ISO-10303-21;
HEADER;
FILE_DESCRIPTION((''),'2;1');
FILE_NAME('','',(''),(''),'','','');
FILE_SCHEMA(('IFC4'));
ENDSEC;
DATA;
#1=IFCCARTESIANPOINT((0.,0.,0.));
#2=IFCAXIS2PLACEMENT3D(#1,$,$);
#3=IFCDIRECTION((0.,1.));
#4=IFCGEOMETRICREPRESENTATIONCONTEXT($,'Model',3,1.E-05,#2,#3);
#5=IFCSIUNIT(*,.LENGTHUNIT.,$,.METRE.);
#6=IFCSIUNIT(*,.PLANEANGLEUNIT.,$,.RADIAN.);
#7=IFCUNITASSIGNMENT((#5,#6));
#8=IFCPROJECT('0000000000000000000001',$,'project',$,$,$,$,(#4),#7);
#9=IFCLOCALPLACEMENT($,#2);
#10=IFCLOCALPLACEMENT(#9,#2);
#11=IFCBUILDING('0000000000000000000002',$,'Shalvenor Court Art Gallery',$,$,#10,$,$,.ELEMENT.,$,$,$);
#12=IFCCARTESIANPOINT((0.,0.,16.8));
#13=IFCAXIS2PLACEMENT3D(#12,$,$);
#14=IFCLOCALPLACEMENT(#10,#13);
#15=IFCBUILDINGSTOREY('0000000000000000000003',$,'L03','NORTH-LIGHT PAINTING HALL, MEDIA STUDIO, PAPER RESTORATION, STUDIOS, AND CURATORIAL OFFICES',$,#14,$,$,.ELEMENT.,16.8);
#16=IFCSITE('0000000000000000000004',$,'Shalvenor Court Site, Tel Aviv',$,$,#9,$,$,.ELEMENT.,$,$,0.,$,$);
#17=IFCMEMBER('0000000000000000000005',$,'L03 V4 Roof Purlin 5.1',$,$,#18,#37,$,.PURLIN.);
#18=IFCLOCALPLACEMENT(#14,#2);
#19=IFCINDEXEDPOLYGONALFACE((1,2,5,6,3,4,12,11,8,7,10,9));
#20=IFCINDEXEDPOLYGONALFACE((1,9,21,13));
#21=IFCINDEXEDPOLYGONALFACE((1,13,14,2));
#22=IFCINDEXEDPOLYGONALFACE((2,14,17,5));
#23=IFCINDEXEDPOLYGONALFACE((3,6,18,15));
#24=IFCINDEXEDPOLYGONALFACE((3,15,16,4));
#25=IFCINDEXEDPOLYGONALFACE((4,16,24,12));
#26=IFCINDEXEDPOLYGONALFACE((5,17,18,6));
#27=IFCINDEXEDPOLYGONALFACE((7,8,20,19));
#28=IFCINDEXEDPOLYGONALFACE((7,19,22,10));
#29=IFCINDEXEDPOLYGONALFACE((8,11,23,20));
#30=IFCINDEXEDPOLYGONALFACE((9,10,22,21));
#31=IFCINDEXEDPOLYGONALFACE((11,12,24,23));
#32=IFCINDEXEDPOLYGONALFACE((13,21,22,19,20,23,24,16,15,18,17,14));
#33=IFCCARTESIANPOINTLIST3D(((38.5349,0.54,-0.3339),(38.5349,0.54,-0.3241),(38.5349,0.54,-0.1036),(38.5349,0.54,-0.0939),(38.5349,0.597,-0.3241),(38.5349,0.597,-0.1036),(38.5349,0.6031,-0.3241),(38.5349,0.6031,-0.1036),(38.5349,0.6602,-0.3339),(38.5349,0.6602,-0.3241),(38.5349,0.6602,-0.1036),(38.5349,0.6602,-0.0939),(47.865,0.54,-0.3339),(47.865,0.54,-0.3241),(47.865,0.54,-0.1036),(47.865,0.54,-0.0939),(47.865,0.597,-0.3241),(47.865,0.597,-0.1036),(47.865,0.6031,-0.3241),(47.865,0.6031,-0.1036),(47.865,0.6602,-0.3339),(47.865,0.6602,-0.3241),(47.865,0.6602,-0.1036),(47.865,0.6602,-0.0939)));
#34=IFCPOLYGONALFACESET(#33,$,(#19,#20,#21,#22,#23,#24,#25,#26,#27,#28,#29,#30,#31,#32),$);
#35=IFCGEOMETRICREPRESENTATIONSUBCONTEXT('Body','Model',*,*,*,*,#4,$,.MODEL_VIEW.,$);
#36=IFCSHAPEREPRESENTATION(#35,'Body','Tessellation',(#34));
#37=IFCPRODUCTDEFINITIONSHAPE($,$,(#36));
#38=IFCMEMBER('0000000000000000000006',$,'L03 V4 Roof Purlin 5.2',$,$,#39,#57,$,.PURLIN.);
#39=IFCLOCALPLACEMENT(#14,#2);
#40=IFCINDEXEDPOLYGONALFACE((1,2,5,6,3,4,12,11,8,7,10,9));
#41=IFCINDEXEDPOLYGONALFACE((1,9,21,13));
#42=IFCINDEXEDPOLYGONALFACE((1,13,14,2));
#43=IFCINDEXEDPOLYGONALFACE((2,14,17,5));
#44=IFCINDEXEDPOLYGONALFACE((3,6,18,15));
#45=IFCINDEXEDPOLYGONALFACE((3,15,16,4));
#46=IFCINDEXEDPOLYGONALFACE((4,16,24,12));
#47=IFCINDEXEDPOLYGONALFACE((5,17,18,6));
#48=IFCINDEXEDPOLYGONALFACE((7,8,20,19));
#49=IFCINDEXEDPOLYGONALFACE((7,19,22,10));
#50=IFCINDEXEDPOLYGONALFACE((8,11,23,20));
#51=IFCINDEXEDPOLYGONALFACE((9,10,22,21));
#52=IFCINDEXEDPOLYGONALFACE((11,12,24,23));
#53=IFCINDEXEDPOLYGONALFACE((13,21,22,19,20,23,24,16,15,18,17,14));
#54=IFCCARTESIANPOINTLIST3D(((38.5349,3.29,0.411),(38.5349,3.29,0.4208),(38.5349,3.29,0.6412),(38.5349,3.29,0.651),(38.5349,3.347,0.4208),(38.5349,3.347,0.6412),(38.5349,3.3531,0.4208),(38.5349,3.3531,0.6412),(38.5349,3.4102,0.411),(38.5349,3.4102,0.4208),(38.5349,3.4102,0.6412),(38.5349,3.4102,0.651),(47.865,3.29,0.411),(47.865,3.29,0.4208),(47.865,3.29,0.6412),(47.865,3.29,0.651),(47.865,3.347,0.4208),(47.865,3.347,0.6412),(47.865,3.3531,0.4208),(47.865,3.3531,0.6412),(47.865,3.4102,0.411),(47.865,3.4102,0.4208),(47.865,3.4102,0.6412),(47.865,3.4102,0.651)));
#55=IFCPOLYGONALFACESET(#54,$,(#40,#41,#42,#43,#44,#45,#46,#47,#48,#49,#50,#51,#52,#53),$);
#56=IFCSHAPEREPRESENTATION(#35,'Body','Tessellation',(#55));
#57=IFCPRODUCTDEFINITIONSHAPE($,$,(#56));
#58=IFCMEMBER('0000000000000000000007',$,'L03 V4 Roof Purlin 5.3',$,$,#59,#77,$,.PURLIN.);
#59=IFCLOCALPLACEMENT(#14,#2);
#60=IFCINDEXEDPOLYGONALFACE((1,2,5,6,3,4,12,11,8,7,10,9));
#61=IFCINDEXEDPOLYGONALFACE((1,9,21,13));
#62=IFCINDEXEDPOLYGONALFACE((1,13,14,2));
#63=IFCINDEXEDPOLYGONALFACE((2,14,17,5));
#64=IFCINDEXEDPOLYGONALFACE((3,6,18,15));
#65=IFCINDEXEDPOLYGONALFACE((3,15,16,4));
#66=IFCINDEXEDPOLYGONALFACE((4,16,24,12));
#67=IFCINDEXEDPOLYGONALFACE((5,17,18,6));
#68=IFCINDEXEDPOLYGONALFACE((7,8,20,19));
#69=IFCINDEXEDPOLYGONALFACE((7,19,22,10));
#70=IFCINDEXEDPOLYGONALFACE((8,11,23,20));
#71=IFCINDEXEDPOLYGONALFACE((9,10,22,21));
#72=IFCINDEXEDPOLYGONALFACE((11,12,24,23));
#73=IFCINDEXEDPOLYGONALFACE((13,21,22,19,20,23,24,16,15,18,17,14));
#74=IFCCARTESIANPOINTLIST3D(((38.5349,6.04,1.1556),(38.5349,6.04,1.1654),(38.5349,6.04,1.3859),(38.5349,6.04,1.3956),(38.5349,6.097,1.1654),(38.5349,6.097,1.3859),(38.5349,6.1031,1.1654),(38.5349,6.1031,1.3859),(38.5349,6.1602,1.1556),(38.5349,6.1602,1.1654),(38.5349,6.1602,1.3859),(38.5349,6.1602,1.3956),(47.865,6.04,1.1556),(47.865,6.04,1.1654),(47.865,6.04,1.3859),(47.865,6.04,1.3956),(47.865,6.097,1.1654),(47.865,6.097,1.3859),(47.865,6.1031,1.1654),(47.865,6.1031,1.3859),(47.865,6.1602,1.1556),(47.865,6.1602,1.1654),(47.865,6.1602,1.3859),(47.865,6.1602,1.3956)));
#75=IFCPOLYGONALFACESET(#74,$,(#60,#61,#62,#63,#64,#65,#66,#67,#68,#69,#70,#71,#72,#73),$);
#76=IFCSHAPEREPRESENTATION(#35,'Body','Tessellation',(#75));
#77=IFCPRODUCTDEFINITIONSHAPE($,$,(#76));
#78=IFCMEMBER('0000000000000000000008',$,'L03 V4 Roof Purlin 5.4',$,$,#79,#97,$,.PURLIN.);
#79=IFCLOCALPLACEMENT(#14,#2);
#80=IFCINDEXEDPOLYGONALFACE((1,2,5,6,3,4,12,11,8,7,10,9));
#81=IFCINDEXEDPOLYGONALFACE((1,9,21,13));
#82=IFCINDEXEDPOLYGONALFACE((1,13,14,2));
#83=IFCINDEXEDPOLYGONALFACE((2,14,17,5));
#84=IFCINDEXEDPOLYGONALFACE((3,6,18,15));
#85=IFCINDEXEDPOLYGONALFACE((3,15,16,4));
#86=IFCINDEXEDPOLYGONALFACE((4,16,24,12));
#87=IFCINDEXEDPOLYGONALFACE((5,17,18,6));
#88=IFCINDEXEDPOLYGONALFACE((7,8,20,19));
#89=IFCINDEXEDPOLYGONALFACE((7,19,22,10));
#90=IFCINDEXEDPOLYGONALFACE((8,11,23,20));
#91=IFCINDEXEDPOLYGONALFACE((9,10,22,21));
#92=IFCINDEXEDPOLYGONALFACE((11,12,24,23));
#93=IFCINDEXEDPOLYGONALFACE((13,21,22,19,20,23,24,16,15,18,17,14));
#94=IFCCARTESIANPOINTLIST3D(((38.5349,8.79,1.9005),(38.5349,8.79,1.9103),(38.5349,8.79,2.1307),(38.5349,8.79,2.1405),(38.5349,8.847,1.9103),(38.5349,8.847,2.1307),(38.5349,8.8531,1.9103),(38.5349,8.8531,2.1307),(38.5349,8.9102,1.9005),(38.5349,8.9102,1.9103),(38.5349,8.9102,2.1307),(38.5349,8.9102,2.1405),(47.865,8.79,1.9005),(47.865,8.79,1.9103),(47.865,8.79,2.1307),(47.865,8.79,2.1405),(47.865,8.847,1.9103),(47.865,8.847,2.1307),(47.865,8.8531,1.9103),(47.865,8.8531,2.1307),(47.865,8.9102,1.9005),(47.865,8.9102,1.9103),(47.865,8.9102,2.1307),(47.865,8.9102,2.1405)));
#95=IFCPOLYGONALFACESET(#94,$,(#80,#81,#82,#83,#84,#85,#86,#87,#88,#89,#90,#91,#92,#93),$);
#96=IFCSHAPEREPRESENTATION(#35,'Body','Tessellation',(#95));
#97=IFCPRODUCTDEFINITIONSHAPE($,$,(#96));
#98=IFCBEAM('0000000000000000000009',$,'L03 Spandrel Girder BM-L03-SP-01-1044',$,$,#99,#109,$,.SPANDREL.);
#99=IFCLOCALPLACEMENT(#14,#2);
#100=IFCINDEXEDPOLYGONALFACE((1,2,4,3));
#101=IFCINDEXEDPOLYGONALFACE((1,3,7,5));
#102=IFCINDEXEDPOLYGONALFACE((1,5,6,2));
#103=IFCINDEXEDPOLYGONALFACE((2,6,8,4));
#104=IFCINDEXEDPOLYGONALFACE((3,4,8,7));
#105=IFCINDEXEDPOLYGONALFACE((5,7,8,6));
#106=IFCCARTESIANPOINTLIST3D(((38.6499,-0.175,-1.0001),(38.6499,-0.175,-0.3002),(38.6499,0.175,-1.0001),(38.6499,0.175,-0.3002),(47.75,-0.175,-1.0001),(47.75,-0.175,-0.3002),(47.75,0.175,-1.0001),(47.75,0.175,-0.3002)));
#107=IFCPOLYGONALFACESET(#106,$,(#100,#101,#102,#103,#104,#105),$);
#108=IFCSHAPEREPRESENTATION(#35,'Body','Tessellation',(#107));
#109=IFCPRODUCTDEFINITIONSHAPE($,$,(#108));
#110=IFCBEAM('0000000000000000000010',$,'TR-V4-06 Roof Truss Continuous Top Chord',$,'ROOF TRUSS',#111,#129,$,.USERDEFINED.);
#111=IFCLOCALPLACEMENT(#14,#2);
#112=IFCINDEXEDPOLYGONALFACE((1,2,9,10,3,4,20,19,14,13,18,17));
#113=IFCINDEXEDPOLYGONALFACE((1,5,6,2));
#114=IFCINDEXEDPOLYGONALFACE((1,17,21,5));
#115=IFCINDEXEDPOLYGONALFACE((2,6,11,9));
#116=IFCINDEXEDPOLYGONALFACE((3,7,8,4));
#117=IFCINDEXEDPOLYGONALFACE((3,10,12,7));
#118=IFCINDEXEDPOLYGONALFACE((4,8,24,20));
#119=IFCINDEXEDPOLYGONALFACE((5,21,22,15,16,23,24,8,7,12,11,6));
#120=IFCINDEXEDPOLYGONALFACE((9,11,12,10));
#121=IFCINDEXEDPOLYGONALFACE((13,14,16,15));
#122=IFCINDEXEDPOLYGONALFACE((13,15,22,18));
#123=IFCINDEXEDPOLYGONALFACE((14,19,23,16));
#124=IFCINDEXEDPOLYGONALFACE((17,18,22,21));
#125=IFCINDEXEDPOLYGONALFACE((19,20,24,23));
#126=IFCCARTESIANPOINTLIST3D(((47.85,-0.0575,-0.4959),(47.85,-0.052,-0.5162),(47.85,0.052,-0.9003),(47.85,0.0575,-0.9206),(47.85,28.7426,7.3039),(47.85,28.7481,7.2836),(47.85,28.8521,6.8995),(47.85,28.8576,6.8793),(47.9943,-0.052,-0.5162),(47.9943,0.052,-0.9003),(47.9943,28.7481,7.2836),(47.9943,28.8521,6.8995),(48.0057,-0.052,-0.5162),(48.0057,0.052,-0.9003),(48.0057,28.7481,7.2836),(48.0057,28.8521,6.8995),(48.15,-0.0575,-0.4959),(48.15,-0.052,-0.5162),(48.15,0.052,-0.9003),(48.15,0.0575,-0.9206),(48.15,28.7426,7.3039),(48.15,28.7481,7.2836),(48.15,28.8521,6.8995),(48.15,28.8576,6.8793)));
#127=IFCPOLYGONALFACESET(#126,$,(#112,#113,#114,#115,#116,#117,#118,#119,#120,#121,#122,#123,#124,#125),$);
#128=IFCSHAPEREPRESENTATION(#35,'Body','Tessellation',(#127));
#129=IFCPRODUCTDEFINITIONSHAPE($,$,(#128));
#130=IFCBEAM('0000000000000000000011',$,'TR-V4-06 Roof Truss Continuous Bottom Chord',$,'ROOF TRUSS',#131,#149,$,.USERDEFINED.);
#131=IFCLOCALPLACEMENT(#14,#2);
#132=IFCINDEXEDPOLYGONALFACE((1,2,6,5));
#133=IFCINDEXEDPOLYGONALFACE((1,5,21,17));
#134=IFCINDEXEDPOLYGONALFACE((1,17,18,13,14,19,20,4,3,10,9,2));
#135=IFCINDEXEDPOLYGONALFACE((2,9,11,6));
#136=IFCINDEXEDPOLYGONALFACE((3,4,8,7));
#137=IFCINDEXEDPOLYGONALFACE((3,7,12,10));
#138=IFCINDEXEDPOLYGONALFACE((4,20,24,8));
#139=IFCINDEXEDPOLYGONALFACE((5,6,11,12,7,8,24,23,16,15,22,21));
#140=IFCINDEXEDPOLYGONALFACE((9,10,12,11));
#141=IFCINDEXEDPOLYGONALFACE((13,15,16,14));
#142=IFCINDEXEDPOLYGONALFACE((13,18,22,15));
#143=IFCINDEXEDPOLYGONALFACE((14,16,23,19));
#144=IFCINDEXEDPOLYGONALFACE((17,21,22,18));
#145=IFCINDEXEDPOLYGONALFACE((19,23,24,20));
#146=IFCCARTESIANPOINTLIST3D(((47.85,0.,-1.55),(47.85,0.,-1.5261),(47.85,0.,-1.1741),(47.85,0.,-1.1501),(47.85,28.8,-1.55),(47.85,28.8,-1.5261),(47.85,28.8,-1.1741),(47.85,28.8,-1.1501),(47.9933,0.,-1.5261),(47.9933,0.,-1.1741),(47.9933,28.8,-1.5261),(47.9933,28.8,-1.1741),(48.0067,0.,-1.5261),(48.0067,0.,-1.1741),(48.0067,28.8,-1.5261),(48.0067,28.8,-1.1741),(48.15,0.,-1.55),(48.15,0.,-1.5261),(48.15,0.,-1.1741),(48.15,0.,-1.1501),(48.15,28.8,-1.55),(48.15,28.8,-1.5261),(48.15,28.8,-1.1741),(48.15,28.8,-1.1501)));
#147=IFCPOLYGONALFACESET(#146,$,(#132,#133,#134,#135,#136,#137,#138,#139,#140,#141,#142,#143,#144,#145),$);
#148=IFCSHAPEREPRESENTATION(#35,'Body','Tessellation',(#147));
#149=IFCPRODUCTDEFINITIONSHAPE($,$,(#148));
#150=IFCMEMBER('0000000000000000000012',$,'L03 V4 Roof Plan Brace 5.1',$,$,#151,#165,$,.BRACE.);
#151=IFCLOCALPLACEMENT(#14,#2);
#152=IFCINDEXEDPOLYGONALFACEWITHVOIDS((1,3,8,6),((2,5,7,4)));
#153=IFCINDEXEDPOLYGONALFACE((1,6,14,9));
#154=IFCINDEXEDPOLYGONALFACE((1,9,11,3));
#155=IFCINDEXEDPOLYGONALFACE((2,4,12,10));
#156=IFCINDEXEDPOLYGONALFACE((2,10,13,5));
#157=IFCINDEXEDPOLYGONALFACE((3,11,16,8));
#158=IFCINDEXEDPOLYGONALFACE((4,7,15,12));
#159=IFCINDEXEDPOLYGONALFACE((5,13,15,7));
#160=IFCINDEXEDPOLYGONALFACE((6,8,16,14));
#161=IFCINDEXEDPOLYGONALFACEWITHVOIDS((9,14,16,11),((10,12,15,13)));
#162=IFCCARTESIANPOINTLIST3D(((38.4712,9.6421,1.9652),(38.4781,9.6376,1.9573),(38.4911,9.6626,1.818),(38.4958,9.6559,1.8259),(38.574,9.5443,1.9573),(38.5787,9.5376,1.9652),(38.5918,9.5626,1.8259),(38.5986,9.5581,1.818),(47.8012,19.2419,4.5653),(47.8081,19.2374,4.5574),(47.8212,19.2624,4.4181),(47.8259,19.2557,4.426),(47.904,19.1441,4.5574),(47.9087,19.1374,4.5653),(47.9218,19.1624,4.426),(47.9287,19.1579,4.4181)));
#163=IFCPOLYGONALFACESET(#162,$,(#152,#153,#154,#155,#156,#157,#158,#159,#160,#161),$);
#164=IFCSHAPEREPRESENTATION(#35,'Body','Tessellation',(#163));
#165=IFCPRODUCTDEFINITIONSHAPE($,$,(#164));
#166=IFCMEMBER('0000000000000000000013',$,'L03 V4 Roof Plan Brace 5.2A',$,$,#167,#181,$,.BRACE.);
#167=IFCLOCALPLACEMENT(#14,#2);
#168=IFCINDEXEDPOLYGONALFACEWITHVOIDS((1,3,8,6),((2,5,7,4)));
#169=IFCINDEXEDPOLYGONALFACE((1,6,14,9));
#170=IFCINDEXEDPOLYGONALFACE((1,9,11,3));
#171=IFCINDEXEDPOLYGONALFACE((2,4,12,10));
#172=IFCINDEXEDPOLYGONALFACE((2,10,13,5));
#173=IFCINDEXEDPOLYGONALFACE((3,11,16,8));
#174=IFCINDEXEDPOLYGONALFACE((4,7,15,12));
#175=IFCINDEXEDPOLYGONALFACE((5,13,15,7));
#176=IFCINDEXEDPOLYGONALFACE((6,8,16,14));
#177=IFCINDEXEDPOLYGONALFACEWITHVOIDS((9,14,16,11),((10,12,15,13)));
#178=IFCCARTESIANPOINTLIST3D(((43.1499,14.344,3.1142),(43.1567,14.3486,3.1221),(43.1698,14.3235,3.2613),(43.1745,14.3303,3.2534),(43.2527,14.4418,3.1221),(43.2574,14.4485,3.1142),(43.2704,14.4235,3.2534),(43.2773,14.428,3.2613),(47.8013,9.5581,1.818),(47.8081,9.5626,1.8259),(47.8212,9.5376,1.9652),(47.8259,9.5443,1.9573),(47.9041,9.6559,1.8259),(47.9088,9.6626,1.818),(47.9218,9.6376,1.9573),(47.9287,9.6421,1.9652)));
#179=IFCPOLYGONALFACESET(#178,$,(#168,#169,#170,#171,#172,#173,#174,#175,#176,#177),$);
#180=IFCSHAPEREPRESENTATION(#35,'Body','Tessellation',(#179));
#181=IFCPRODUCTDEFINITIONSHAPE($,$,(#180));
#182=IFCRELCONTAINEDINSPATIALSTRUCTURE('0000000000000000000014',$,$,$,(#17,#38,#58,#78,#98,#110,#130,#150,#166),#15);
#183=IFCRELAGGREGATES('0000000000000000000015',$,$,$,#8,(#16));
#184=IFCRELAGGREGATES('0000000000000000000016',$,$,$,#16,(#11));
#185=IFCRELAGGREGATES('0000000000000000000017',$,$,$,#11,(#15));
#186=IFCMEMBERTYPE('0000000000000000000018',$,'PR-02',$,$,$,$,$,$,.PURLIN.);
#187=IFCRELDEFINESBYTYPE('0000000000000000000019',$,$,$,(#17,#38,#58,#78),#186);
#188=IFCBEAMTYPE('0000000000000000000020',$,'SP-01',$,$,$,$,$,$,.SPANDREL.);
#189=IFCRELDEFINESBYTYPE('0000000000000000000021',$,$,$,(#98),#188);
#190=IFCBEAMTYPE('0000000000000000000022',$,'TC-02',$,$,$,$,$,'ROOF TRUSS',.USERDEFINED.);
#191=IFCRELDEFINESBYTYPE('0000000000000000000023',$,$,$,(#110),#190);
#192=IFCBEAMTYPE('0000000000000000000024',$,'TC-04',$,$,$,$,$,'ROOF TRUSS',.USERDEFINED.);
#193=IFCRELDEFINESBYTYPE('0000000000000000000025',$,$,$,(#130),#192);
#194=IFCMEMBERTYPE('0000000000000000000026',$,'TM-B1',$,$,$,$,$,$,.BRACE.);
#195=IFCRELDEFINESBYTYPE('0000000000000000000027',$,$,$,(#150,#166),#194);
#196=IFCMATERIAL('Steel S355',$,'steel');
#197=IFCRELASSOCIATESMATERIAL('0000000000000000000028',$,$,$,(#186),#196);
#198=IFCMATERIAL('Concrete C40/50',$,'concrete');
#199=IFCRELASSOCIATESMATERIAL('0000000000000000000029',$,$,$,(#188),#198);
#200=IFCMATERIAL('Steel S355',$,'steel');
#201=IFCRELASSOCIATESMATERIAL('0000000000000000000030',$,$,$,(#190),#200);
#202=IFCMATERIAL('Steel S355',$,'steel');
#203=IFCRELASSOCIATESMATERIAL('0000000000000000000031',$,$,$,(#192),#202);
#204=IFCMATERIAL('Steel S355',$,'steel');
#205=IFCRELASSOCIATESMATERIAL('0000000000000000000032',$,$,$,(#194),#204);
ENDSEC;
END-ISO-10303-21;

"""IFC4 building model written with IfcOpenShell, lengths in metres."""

from ifc_helpers import new_model, si_unit, direction, frame, origin, origin_2d, place, context, subcontext, project, spatial, rectangle, hollow_rectangle, i_section, extrude, material, material_profile, profile_set, type_object, element, save


model = new_model("IFC4")

# Units and contexts
model_context = context("Model", 3, precision=1e-05, world=origin(), true_north=direction((0.0, 1.0)))
body_context = subcontext(model_context, "Body", "Model", "MODEL_VIEW")
ifc_project = project(units=[si_unit("LENGTHUNIT", "METRE"), si_unit("PLANEANGLEUNIT", "RADIAN")], contexts=[model_context])

# Site, building, storey
site_placement = place(None, origin())
site = spatial("IfcSite", under=ifc_project, at=site_placement, Name="Shalvenor Court Site, Tel Aviv", CompositionType="ELEMENT", RefElevation=0.0)
building_placement = place(site_placement, origin())
building = spatial("IfcBuilding", under=site, at=building_placement, Name="Shalvenor Court Art Gallery", CompositionType="ELEMENT")
storey_placement = place(building_placement, frame((0.0, 0.0, 16.8)))
storey = spatial("IfcBuildingStorey", under=building, at=storey_placement, Name="L03", Description="NORTH-LIGHT PAINTING HALL, MEDIA STUDIO, PAPER RESTORATION, STUDIOS, AND CURATORIAL OFFICES", CompositionType="ELEMENT", Elevation=16.8)

# Members
ifc_material_1 = material(Name="Steel S355", Category="steel")
ifc_material_profile_1 = material_profile(ifc_material_1, i_section(OverallWidth=0.1201, OverallDepth=0.24, WebThickness=0.0061, FlangeThickness=0.0098, at=origin_2d()), Name="IPE 240")
ifc_profile_set_1 = profile_set([ifc_material_profile_1], Name="Steel S355")
member_type_1 = type_object("IfcMemberType", Name="PR-02", PredefinedType="PURLIN", material=ifc_profile_set_1)
for number, where, z_axis, x_axis, name in (
    (1, (38.5349, 0.6001, -0.2139), (1.0, 0.0, 0.0), (0.0, 1.0, 0.0), "L03 V4 Roof Purlin 5.1"),
    (2, (38.5349, 3.3501, 0.531), (1.0, 0.0, 0.0), (0.0, 1.0, 0.0), "L03 V4 Roof Purlin 5.2"),
    (3, (38.5349, 6.1001, 1.2756), (1.0, 0.0, 0.0), (0.0, 1.0, 0.0), "L03 V4 Roof Purlin 5.3"),
    (4, (38.5349, 8.8501, 2.0205), (1.0, 0.0, 0.0), (0.0, 1.0, 0.0), "L03 V4 Roof Purlin 5.4"),
):
    element("IfcMember", number, at=place(storey_placement, frame(where, z_axis=z_axis, x_axis=x_axis)), inside=storey, type_object=member_type_1, Name=name, PredefinedType="PURLIN", context=body_context, shape_type="SweptSolid", body=[
        extrude(i_section(OverallWidth=0.1201, OverallDepth=0.24, WebThickness=0.0061, FlangeThickness=0.0098, at=origin_2d()), origin(), (0.0, 0.0, 1.0), 9.3301),
    ])

# Beams
ifc_material_2 = material(Name="Concrete C40/50", Category="concrete")
ifc_material_profile_2 = material_profile(ifc_material_2, rectangle(XDim=0.3501, YDim=0.7, at=origin_2d()), Name="RC 350x700")
ifc_profile_set_2 = profile_set([ifc_material_profile_2], Name="Concrete C40/50")
beam_type_1 = type_object("IfcBeamType", Name="SP-01", PredefinedType="SPANDREL", material=ifc_profile_set_2)
beam_1_placement = place(storey_placement, frame((38.6499, 0.0, -0.6501), z_axis=(1.0, 0.0, 0.0), x_axis=(0.0, 1.0, 0.0)))
element("IfcBeam", 5, at=beam_1_placement, inside=storey, type_object=beam_type_1, Name="L03 Spandrel Girder BM-L03-SP-01-1044", PredefinedType="SPANDREL", context=body_context, shape_type="SweptSolid", body=[
    extrude(rectangle(XDim=0.3501, YDim=0.7, at=origin_2d()), origin(), (0.0, 0.0, 1.0), 9.1001),
])
ifc_material_3 = material(Name="Steel S355", Category="steel")
ifc_material_profile_3 = material_profile(ifc_material_3, i_section(OverallWidth=0.3, OverallDepth=0.4399, WebThickness=0.0115, FlangeThickness=0.021, at=origin_2d()), Name="HEA 450")
ifc_profile_set_3 = profile_set([ifc_material_profile_3], Name="Steel S355")
beam_type_2 = type_object("IfcBeamType", Name="TC-02", ElementType="ROOF TRUSS", PredefinedType="USERDEFINED", material=ifc_profile_set_3)
beam_2_placement = place(storey_placement, frame((48.0, 0.0, -0.7083), z_axis=(0.0, 0.965228, 0.261409), x_axis=(-1.0, 0.0, 0.0)))
element("IfcBeam", 6, at=beam_2_placement, inside=storey, type_object=beam_type_2, Name="TR-V4-06 Roof Truss Continuous Top Chord", ObjectType="ROOF TRUSS", PredefinedType="USERDEFINED", context=body_context, shape_type="SweptSolid", body=[
    extrude(i_section(OverallWidth=0.3, OverallDepth=0.4399, WebThickness=0.0115, FlangeThickness=0.021, at=origin_2d()), origin(), (0.0, 0.0, 1.0), 29.8376),
])
ifc_material_4 = material(Name="Steel S355", Category="steel")
ifc_material_profile_4 = material_profile(ifc_material_4, i_section(OverallWidth=0.3, OverallDepth=0.3999, WebThickness=0.0134, FlangeThickness=0.0239, at=origin_2d()), Name="HEB 400")
ifc_profile_set_4 = profile_set([ifc_material_profile_4], Name="Steel S355")
beam_type_3 = type_object("IfcBeamType", Name="TC-04", ElementType="ROOF TRUSS", PredefinedType="USERDEFINED", material=ifc_profile_set_4)
beam_3_placement = place(storey_placement, frame((48.0, 0.0, -1.3501), z_axis=(0.0, 1.0, 0.0), x_axis=(-1.0, 0.0, 0.0)))
element("IfcBeam", 7, at=beam_3_placement, inside=storey, type_object=beam_type_3, Name="TR-V4-06 Roof Truss Continuous Bottom Chord", ObjectType="ROOF TRUSS", PredefinedType="USERDEFINED", context=body_context, shape_type="SweptSolid", body=[
    extrude(i_section(OverallWidth=0.3, OverallDepth=0.3999, WebThickness=0.0134, FlangeThickness=0.0239, at=origin_2d()), origin(), (0.0, 0.0, 1.0), 28.8),
])

# Members
ifc_material_5 = material(Name="Steel S355", Category="steel")
ifc_material_profile_5 = material_profile(ifc_material_5, hollow_rectangle(XDim=0.1499, YDim=0.1499, WallThickness=0.0081, at=origin_2d()), Name="SHS 150x150x8.0")
ifc_profile_set_5 = profile_set([ifc_material_profile_5], Name="Steel S355")
member_type_2 = type_object("IfcMemberType", Name="TM-B1", PredefinedType="BRACE", material=ifc_profile_set_5)
member_1_placement = place(storey_placement, frame((38.5349, 9.6001, 1.8916), z_axis=(0.684173, 0.703956, 0.190665), x_axis=(-0.717111, 0.696959, 0.0)))
element("IfcMember", 8, at=member_1_placement, inside=storey, type_object=member_type_2, Name="L03 V4 Roof Plan Brace 5.1", PredefinedType="BRACE", context=body_context, shape_type="SweptSolid", body=[
    extrude(hollow_rectangle(XDim=0.1499, YDim=0.1499, WallThickness=0.0081, at=origin_2d()), origin(), (0.0, 0.0, 1.0), 13.637),
])
member_2_placement = place(storey_placement, frame((47.865, 9.6001, 1.8916), z_axis=(-0.684173, 0.70396, 0.190651), x_axis=(-0.717113, -0.696957, 0.0)))
element("IfcMember", 9, at=member_2_placement, inside=storey, type_object=member_type_2, Name="L03 V4 Roof Plan Brace 5.2A", PredefinedType="BRACE", context=body_context, shape_type="SweptSolid", body=[
    extrude(hollow_rectangle(XDim=0.1499, YDim=0.1499, WallThickness=0.0081, at=origin_2d()), origin(), (0.0, 0.0, 1.0), 6.7986),
])

save(model, "model.ifc")
